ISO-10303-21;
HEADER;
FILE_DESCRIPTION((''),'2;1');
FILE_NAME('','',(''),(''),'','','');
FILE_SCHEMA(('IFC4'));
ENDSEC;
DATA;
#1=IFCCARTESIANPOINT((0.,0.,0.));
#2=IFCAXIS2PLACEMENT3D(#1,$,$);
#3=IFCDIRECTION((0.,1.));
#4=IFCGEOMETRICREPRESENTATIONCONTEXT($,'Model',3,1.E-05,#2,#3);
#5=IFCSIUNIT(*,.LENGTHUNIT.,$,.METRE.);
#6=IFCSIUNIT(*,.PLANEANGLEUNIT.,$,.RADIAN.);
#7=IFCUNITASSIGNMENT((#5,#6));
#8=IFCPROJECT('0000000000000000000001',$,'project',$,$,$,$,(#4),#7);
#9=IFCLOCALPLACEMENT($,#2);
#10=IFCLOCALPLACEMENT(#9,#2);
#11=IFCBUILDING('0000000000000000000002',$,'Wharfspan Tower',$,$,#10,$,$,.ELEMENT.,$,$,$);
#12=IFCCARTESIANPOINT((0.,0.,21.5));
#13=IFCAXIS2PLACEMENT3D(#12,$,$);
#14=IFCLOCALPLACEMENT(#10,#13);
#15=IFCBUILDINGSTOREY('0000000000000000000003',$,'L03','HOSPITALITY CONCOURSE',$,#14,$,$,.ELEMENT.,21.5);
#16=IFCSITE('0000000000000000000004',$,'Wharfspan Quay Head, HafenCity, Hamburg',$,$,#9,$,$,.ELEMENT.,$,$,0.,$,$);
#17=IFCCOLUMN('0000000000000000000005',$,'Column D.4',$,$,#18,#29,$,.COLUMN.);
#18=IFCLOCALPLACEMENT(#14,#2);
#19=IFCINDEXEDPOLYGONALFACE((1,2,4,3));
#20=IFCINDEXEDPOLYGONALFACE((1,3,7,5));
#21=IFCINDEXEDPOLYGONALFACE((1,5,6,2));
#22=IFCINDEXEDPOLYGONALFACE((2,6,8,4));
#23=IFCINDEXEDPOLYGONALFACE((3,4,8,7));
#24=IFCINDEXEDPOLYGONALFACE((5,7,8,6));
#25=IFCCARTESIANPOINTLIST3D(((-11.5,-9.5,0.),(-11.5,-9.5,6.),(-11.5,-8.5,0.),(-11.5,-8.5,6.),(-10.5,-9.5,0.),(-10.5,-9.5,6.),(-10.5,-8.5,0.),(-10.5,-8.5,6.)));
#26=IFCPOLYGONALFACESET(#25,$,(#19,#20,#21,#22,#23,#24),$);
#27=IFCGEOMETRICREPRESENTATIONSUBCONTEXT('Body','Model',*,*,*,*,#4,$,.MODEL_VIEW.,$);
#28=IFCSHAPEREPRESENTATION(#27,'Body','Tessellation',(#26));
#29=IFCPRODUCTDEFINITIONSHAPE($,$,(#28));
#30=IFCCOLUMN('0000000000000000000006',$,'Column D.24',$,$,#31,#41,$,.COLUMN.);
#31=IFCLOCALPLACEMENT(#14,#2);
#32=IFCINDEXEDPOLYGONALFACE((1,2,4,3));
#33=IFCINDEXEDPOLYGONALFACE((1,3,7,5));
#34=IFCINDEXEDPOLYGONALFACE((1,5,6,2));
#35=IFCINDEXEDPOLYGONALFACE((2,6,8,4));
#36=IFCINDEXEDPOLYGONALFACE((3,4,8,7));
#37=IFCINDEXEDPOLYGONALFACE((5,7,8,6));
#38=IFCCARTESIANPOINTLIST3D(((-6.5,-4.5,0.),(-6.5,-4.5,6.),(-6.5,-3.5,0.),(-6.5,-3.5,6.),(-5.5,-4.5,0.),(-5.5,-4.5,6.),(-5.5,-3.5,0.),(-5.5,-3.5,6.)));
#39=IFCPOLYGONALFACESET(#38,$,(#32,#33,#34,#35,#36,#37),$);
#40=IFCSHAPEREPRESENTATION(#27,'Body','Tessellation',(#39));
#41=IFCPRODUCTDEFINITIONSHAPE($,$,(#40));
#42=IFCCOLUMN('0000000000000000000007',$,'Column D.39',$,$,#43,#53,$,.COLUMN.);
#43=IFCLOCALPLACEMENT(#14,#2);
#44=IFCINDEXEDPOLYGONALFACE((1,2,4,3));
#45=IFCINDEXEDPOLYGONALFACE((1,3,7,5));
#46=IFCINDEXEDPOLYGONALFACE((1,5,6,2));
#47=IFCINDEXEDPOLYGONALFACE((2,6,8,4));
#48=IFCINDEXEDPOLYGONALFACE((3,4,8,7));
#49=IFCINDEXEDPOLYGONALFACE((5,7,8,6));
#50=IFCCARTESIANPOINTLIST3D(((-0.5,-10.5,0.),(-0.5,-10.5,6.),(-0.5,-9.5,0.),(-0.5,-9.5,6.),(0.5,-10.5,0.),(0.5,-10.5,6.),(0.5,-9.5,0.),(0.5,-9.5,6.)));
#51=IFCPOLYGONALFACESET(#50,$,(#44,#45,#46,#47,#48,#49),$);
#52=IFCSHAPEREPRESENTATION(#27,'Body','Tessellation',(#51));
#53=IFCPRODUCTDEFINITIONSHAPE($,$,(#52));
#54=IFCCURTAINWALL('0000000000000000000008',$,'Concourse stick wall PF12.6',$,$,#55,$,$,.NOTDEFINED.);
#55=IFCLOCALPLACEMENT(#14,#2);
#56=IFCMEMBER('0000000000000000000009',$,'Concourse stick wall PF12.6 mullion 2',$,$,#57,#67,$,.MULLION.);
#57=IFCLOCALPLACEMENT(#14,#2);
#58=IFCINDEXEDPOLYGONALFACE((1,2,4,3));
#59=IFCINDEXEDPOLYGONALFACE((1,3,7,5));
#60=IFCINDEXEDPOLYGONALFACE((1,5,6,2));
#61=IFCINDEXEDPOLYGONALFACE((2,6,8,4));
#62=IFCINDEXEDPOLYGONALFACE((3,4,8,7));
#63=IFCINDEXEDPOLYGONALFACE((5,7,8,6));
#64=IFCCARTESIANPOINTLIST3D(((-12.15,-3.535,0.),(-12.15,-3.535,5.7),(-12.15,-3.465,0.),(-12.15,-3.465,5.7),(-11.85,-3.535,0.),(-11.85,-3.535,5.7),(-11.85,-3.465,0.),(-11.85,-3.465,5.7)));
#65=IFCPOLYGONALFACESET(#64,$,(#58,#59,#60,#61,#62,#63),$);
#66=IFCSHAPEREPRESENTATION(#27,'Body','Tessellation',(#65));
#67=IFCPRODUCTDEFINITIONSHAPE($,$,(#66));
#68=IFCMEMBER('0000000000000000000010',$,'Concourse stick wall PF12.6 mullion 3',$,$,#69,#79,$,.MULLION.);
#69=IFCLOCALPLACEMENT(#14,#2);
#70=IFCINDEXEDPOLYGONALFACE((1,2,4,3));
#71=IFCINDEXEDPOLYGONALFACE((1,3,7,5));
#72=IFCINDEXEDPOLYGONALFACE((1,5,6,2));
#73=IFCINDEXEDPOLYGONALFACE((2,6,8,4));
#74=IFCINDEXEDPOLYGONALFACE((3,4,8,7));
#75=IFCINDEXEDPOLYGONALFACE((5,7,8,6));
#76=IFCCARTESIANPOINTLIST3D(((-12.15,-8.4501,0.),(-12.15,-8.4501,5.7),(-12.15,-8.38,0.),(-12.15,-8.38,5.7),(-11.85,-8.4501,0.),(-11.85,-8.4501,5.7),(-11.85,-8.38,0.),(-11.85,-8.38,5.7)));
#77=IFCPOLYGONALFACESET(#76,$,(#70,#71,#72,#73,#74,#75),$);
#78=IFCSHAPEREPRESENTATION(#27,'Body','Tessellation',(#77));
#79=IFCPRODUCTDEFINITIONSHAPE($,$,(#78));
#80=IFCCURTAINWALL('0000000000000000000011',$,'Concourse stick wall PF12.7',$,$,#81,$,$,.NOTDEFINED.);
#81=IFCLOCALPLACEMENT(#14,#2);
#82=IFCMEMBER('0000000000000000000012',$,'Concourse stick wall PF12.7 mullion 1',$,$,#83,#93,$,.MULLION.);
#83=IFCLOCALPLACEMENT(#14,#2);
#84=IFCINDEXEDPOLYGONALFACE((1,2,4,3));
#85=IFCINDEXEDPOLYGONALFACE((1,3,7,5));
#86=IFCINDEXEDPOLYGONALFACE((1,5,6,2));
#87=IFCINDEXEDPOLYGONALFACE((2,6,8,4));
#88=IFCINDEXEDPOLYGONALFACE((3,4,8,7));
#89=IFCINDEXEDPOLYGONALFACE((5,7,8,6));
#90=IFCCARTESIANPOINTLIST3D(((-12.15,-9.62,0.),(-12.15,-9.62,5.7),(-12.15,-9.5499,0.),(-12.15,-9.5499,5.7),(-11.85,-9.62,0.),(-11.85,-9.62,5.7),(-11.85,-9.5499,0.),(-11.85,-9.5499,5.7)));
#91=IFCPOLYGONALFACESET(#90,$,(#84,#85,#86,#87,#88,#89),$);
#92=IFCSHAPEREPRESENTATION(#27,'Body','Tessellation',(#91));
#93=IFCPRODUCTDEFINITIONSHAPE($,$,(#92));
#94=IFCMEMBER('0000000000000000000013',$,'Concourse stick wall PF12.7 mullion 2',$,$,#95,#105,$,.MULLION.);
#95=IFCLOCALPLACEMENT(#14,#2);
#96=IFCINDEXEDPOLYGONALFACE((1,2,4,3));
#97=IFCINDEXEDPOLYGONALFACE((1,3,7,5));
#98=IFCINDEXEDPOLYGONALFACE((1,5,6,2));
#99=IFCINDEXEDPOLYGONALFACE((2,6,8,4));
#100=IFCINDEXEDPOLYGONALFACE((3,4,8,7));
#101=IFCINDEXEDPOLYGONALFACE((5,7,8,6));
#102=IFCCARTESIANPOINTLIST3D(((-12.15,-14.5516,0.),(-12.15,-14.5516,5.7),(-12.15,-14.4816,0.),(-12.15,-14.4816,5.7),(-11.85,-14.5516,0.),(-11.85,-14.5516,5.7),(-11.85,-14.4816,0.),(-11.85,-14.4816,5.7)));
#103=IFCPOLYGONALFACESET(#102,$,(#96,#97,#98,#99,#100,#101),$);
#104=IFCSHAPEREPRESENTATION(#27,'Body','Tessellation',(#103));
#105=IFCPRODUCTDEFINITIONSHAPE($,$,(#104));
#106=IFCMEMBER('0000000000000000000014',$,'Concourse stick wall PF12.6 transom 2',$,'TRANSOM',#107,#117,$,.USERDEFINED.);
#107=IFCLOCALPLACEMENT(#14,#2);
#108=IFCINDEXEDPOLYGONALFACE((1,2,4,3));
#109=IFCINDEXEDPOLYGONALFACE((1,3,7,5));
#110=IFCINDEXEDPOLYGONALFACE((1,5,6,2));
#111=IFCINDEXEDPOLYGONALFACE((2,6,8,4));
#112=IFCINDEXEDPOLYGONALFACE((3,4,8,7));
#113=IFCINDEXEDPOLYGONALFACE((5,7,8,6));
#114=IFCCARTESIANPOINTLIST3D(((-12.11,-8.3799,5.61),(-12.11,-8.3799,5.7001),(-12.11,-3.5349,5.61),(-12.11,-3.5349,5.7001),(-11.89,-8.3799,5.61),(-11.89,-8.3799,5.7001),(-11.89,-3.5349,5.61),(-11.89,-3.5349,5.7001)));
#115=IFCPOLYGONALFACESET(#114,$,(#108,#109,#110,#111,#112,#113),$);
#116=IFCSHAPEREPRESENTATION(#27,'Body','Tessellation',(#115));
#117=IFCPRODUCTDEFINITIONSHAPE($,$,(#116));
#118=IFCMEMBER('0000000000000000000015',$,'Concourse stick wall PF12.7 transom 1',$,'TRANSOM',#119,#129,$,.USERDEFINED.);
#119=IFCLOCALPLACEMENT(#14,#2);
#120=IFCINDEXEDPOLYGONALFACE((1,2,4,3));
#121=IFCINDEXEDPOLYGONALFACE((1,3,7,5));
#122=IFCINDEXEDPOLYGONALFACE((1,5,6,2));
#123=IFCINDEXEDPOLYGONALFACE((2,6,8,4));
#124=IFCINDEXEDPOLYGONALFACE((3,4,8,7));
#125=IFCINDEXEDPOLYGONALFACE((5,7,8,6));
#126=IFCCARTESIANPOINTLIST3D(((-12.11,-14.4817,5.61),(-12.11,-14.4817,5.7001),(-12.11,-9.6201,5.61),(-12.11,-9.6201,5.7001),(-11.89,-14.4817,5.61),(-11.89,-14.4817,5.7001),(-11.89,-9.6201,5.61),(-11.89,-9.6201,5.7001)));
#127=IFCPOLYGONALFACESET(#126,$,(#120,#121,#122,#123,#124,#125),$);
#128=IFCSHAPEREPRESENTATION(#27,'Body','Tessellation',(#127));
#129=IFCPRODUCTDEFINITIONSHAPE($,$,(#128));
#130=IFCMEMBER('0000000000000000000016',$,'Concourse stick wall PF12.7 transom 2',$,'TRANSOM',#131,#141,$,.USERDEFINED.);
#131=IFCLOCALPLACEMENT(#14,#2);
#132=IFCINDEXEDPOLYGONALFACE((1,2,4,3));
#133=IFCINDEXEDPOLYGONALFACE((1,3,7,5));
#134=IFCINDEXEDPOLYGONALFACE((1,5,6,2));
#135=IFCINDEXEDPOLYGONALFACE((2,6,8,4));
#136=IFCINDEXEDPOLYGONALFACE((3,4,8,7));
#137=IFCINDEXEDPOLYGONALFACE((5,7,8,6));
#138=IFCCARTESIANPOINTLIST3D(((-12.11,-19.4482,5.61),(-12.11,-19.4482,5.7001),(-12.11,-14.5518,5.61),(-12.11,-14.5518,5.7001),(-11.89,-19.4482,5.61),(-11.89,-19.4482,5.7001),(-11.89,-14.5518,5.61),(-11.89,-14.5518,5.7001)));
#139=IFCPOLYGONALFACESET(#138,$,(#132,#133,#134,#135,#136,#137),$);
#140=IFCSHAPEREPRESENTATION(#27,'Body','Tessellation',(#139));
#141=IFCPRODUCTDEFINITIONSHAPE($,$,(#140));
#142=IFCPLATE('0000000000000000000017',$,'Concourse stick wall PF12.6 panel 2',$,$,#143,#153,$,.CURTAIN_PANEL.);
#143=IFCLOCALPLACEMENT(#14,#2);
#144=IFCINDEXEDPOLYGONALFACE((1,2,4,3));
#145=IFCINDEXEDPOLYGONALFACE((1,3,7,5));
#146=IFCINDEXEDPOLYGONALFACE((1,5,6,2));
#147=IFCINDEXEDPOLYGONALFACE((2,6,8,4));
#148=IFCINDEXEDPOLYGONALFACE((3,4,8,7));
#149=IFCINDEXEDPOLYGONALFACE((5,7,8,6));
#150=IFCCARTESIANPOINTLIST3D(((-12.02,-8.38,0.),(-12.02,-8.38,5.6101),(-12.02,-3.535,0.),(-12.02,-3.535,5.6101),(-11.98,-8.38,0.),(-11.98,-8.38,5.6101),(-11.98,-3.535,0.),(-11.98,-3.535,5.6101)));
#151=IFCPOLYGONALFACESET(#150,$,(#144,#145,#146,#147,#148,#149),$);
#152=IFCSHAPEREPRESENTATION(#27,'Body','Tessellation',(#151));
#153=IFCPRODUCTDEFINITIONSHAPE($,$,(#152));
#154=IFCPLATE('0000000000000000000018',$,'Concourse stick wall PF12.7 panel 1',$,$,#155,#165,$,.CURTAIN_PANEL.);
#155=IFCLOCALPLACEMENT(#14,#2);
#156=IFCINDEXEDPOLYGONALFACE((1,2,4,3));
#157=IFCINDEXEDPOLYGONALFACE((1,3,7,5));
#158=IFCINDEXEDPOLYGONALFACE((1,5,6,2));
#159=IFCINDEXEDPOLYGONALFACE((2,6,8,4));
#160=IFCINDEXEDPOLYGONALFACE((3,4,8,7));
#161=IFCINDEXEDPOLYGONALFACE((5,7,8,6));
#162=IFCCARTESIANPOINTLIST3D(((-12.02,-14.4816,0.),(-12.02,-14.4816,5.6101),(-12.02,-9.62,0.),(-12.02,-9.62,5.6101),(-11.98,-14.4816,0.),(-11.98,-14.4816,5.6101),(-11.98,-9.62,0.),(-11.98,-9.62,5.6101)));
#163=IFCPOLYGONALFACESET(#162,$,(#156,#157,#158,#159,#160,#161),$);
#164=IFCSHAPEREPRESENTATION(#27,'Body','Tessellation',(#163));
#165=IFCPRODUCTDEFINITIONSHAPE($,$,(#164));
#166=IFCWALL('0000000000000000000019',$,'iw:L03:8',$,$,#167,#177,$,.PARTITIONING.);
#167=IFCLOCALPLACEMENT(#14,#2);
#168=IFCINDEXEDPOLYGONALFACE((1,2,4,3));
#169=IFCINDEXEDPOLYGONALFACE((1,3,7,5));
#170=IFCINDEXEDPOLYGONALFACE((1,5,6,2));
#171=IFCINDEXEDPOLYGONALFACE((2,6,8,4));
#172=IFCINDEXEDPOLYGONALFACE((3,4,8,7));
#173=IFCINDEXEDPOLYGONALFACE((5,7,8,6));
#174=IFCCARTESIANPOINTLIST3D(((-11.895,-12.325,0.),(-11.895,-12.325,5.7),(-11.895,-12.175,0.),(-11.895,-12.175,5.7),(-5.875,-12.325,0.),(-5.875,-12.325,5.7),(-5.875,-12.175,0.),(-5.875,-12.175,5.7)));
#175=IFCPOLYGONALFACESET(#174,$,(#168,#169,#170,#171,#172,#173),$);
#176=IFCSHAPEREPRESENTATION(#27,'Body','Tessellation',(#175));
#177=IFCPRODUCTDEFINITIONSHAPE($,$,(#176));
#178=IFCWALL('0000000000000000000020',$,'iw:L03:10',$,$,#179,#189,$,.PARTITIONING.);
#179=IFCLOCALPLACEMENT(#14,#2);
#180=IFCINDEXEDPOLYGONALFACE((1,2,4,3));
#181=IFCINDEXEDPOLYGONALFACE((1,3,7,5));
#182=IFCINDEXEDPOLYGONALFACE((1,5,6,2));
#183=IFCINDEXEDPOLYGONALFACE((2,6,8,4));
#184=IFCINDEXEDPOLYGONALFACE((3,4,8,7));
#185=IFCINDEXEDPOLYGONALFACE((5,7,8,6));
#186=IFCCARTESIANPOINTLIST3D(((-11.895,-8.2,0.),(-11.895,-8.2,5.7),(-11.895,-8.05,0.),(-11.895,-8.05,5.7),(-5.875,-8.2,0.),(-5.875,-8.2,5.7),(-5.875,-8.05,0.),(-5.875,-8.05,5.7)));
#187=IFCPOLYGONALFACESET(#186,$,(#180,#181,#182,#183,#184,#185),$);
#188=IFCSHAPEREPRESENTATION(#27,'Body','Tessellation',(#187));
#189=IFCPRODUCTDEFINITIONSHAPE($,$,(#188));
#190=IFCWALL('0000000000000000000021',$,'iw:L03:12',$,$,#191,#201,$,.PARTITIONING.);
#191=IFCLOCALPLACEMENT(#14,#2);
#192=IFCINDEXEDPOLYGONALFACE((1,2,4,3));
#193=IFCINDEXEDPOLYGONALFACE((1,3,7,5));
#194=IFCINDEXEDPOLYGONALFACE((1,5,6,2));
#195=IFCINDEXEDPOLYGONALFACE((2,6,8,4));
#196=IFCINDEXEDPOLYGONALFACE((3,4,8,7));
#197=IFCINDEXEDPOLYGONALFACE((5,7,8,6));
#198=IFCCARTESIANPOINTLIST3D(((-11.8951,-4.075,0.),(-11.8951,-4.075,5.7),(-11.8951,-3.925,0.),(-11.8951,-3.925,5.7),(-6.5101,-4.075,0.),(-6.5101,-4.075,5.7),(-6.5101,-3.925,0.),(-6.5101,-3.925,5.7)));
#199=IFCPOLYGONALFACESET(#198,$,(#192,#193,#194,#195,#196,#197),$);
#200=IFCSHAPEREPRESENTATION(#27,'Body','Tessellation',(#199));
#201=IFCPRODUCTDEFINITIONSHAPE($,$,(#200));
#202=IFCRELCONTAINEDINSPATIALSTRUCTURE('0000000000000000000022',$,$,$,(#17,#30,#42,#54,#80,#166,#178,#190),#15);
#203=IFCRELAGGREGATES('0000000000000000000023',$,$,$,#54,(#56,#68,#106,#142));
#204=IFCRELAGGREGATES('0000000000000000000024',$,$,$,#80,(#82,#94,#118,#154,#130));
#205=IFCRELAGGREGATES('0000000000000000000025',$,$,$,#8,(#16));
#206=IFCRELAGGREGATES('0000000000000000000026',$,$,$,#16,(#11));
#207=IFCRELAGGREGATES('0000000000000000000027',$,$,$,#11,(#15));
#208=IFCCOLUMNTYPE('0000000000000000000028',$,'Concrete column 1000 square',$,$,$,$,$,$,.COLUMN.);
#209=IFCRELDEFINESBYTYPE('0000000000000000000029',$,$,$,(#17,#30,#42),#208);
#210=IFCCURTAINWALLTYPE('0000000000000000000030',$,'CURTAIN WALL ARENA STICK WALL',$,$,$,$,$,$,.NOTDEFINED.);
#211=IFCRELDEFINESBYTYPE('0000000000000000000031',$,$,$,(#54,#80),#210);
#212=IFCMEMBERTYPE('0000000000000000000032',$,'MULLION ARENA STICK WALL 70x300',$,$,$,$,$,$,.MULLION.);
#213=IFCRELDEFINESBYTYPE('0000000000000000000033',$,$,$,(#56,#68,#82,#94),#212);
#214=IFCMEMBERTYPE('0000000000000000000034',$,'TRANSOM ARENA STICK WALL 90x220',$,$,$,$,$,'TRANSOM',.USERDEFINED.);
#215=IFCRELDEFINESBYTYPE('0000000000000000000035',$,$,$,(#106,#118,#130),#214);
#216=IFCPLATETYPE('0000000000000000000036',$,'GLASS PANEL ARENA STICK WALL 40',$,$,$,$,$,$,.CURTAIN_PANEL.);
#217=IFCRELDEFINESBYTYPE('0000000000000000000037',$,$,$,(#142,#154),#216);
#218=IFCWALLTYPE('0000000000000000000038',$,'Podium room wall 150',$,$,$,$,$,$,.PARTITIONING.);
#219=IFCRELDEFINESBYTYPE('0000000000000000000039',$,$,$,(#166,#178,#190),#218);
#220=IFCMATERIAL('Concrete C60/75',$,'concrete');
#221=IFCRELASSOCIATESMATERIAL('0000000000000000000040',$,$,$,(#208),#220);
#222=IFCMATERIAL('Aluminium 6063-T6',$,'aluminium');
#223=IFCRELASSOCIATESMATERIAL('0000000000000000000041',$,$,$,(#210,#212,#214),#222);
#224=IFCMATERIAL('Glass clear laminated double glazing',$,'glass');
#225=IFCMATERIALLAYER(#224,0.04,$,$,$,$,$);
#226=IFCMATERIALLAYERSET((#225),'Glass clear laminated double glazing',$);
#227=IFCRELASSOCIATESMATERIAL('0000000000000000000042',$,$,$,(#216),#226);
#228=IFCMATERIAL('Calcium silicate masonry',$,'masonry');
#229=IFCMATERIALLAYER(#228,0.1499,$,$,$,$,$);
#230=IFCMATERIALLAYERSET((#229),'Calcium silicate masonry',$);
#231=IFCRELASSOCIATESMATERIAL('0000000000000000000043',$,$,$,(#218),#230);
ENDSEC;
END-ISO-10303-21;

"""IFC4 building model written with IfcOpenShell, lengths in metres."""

from ifc_helpers import new_model, si_unit, direction, frame, frame_2d, origin, origin_2d, place, context, subcontext, project, spatial, rectangle, extrude, material, layer, layer_set, material_profile, profile_set, type_object, element, aggregate, save


model = new_model("IFC4")

# Units and contexts
model_context = context("Model", 3, precision=1e-05, world=origin(), true_north=direction((0.0, 1.0)))
body_context = subcontext(model_context, "Body", "Model", "MODEL_VIEW")
ifc_project = project(units=[si_unit("LENGTHUNIT", "METRE"), si_unit("PLANEANGLEUNIT", "RADIAN")], contexts=[model_context])

# Site, building, storey
site_placement = place(None, origin())
site = spatial("IfcSite", under=ifc_project, at=site_placement, Name="Wharfspan Quay Head, HafenCity, Hamburg", CompositionType="ELEMENT", RefElevation=0.0)
building_placement = place(site_placement, origin())
building = spatial("IfcBuilding", under=site, at=building_placement, Name="Wharfspan Tower", CompositionType="ELEMENT")
storey_placement = place(building_placement, frame((0.0, 0.0, 21.5)))
storey = spatial("IfcBuildingStorey", under=building, at=storey_placement, Name="L03", Description="HOSPITALITY CONCOURSE", CompositionType="ELEMENT", Elevation=21.5)

# Columns
ifc_material_1 = material(Name="Concrete C60/75", Category="concrete")
ifc_material_profile_1 = material_profile(ifc_material_1, rectangle(XDim=1.0, YDim=1.0, at=origin_2d()))
ifc_profile_set_1 = profile_set([ifc_material_profile_1], Name="Concrete C60/75")
column_type = type_object("IfcColumnType", Name="Concrete column 1000 square", PredefinedType="COLUMN", material=ifc_profile_set_1)
for number, where, z_axis, x_axis, name in (
    (1, (-11.0, -9.0, 0.0), (0.0, 0.0, 1.0), (1.0, 0.0, 0.0), "Column D.4"),
    (2, (-6.0, -4.0, 0.0), (0.0, 0.0, 1.0), (1.0, 0.0, 0.0), "Column D.24"),
    (3, (0.0, -10.0, 0.0), (0.0, 0.0, 1.0), (1.0, 0.0, 0.0), "Column D.39"),
):
    element("IfcColumn", number, at=place(storey_placement, frame(where, z_axis=z_axis, x_axis=x_axis)), inside=storey, type_object=column_type, Name=name, PredefinedType="COLUMN", context=body_context, shape_type="SweptSolid", body=[
        extrude(rectangle(XDim=1.0, YDim=1.0, at=origin_2d()), origin(), (0.0, 0.0, 1.0), 6.0),
    ])

# Curtain walls, members
ifc_material_2 = material(Name="Aluminium 6063-T6", Category="aluminium")
curtain_wall_type = type_object("IfcCurtainWallType", Name="CURTAIN WALL ARENA STICK WALL", PredefinedType="NOTDEFINED", material=ifc_material_2)
curtain_wall_1_placement = place(storey_placement, origin())
curtain_wall_1 = element("IfcCurtainWall", 4, at=curtain_wall_1_placement, inside=storey, type_object=curtain_wall_type, Name="Concourse stick wall PF12.6", PredefinedType="NOTDEFINED")
ifc_material_profile_2 = material_profile(ifc_material_2, rectangle(XDim=0.3, YDim=0.0701, at=origin_2d()))
ifc_profile_set_2 = profile_set([ifc_material_profile_2], Name="Aluminium 6063-T6")
member_type_1 = type_object("IfcMemberType", Name="MULLION ARENA STICK WALL 70x300", PredefinedType="MULLION", material=ifc_profile_set_2)
member_1_placement = place(storey_placement, frame((-12.0, -3.5, 0.0), z_axis=(0.0, 0.0, 1.0), x_axis=(1.0, 0.0, 0.0)))
member_1 = element("IfcMember", 5, at=member_1_placement, type_object=member_type_1, Name="Concourse stick wall PF12.6 mullion 2", PredefinedType="MULLION", context=body_context, shape_type="SweptSolid", body=[
    extrude(rectangle(XDim=0.3, YDim=0.0701, at=origin_2d()), origin(), (0.0, 0.0, 1.0), 5.7),
])
member_2_placement = place(storey_placement, frame((-12.0, -8.415, 0.0), z_axis=(0.0, 0.0, 1.0), x_axis=(1.0, 0.0, 0.0)))
member_2 = element("IfcMember", 6, at=member_2_placement, type_object=member_type_1, Name="Concourse stick wall PF12.6 mullion 3", PredefinedType="MULLION", context=body_context, shape_type="SweptSolid", body=[
    extrude(rectangle(XDim=0.3, YDim=0.0701, at=origin_2d()), origin(), (0.0, 0.0, 1.0), 5.7),
])
curtain_wall_2_placement = place(storey_placement, origin())
curtain_wall_2 = element("IfcCurtainWall", 7, at=curtain_wall_2_placement, inside=storey, type_object=curtain_wall_type, Name="Concourse stick wall PF12.7", PredefinedType="NOTDEFINED")
member_3_placement = place(storey_placement, frame((-12.0, -9.585, 0.0), z_axis=(0.0, 0.0, 1.0), x_axis=(1.0, 0.0, 0.0)))
member_3 = element("IfcMember", 8, at=member_3_placement, type_object=member_type_1, Name="Concourse stick wall PF12.7 mullion 1", PredefinedType="MULLION", context=body_context, shape_type="SweptSolid", body=[
    extrude(rectangle(XDim=0.3, YDim=0.0701, at=origin_2d()), origin(), (0.0, 0.0, 1.0), 5.7),
])
member_4_placement = place(storey_placement, frame((-12.0, -14.5166, 0.0), z_axis=(0.0, 0.0, 1.0), x_axis=(1.0, 0.0, 0.0)))
member_4 = element("IfcMember", 9, at=member_4_placement, type_object=member_type_1, Name="Concourse stick wall PF12.7 mullion 2", PredefinedType="MULLION", context=body_context, shape_type="SweptSolid", body=[
    extrude(rectangle(XDim=0.3, YDim=0.0701, at=origin_2d()), origin(), (0.0, 0.0, 1.0), 5.7),
])

# Members
ifc_material_profile_3 = material_profile(ifc_material_2, rectangle(XDim=0.22, YDim=0.0901, at=origin_2d()))
ifc_profile_set_3 = profile_set([ifc_material_profile_3], Name="Aluminium 6063-T6")
member_type_2 = type_object("IfcMemberType", Name="TRANSOM ARENA STICK WALL 90x220", ElementType="TRANSOM", PredefinedType="USERDEFINED", material=ifc_profile_set_3)
member_5_placement = place(storey_placement, frame((-12.0, -3.5349, 5.655), z_axis=(0.0, -1.0, 0.0), x_axis=(1.0, 0.0, 0.0)))
member_5 = element("IfcMember", 10, at=member_5_placement, type_object=member_type_2, Name="Concourse stick wall PF12.6 transom 2", ObjectType="TRANSOM", PredefinedType="USERDEFINED", context=body_context, shape_type="SweptSolid", body=[
    extrude(rectangle(XDim=0.22, YDim=0.0901, at=origin_2d()), origin(), (0.0, 0.0, 1.0), 4.845),
])
member_6_placement = place(storey_placement, frame((-12.0, -9.6201, 5.655), z_axis=(0.0, -1.0, 0.0), x_axis=(1.0, 0.0, 0.0)))
member_6 = element("IfcMember", 11, at=member_6_placement, type_object=member_type_2, Name="Concourse stick wall PF12.7 transom 1", ObjectType="TRANSOM", PredefinedType="USERDEFINED", context=body_context, shape_type="SweptSolid", body=[
    extrude(rectangle(XDim=0.22, YDim=0.0901, at=origin_2d()), origin(), (0.0, 0.0, 1.0), 4.8616),
])
member_7_placement = place(storey_placement, frame((-12.0, -14.5518, 5.655), z_axis=(0.0, -1.0, 0.0), x_axis=(1.0, 0.0, 0.0)))
member_7 = element("IfcMember", 12, at=member_7_placement, type_object=member_type_2, Name="Concourse stick wall PF12.7 transom 2", ObjectType="TRANSOM", PredefinedType="USERDEFINED", context=body_context, shape_type="SweptSolid", body=[
    extrude(rectangle(XDim=0.22, YDim=0.0901, at=origin_2d()), origin(), (0.0, 0.0, 1.0), 4.8965),
])

# Plates
ifc_material_3 = material(Name="Glass clear laminated double glazing", Category="glass")
ifc_layer_1 = layer(ifc_material_3, 0.04)
ifc_layer_set_1 = layer_set([ifc_layer_1], Name="Glass clear laminated double glazing")
plate_type = type_object("IfcPlateType", Name="GLASS PANEL ARENA STICK WALL 40", PredefinedType="CURTAIN_PANEL", material=ifc_layer_set_1)
plate_1_placement = place(storey_placement, frame((-12.0, -5.9575, 0.0), z_axis=(0.0, 0.0, 1.0), x_axis=(0.0, -1.0, 0.0)))
plate_1 = element("IfcPlate", 13, at=plate_1_placement, type_object=plate_type, Name="Concourse stick wall PF12.6 panel 2", PredefinedType="CURTAIN_PANEL", context=body_context, shape_type="SweptSolid", body=[
    extrude(rectangle(XDim=4.845, YDim=0.04, at=origin_2d()), origin(), (0.0, 0.0, 1.0), 5.6101),
])
aggregate(curtain_wall_1, [member_1, member_2, member_5, plate_1])
plate_2_placement = place(storey_placement, frame((-12.0, -12.0508, 0.0), z_axis=(0.0, 0.0, 1.0), x_axis=(0.0, -1.0, 0.0)))
plate_2 = element("IfcPlate", 14, at=plate_2_placement, type_object=plate_type, Name="Concourse stick wall PF12.7 panel 1", PredefinedType="CURTAIN_PANEL", context=body_context, shape_type="SweptSolid", body=[
    extrude(rectangle(XDim=4.8616, YDim=0.04, at=origin_2d()), origin(), (0.0, 0.0, 1.0), 5.6101),
])
aggregate(curtain_wall_2, [member_3, member_4, member_6, plate_2, member_7])

# Walls
ifc_material_4 = material(Name="Calcium silicate masonry", Category="masonry")
ifc_layer_2 = layer(ifc_material_4, 0.1499)
ifc_layer_set_2 = layer_set([ifc_layer_2], Name="Calcium silicate masonry")
wall_type_1 = type_object("IfcWallType", Name="Podium room wall 150", PredefinedType="PARTITIONING", material=ifc_layer_set_2)
for number, where, z_axis, x_axis, name in (
    (15, (-11.895, -12.25, 0.0), (0.0, 0.0, 1.0), (1.0, 0.0, 0.0), "iw:L03:8"),
    (16, (-11.895, -8.125, 0.0), (0.0, 0.0, 1.0), (1.0, 0.0, 0.0), "iw:L03:10"),
):
    element("IfcWall", number, at=place(storey_placement, frame(where, z_axis=z_axis, x_axis=x_axis)), inside=storey, type_object=wall_type_1, Name=name, PredefinedType="PARTITIONING", context=body_context, shape_type="SweptSolid", body=[
        extrude(rectangle(XDim=6.02, YDim=0.1499, at=frame_2d((3.01, 0.0))), origin(), (0.0, 0.0, 1.0), 5.7),
    ])
wall_1_placement = place(storey_placement, frame((-11.895, -4.0, 0.0), z_axis=(0.0, 0.0, 1.0), x_axis=(1.0, 0.0, 0.0)))
element("IfcWall", 17, at=wall_1_placement, inside=storey, type_object=wall_type_1, Name="iw:L03:12", PredefinedType="PARTITIONING", context=body_context, shape_type="SweptSolid", body=[
    extrude(rectangle(XDim=5.385, YDim=0.1499, at=frame_2d((2.6924, 0.0))), origin(), (0.0, 0.0, 1.0), 5.7),
])

save(model, "model.ifc")
